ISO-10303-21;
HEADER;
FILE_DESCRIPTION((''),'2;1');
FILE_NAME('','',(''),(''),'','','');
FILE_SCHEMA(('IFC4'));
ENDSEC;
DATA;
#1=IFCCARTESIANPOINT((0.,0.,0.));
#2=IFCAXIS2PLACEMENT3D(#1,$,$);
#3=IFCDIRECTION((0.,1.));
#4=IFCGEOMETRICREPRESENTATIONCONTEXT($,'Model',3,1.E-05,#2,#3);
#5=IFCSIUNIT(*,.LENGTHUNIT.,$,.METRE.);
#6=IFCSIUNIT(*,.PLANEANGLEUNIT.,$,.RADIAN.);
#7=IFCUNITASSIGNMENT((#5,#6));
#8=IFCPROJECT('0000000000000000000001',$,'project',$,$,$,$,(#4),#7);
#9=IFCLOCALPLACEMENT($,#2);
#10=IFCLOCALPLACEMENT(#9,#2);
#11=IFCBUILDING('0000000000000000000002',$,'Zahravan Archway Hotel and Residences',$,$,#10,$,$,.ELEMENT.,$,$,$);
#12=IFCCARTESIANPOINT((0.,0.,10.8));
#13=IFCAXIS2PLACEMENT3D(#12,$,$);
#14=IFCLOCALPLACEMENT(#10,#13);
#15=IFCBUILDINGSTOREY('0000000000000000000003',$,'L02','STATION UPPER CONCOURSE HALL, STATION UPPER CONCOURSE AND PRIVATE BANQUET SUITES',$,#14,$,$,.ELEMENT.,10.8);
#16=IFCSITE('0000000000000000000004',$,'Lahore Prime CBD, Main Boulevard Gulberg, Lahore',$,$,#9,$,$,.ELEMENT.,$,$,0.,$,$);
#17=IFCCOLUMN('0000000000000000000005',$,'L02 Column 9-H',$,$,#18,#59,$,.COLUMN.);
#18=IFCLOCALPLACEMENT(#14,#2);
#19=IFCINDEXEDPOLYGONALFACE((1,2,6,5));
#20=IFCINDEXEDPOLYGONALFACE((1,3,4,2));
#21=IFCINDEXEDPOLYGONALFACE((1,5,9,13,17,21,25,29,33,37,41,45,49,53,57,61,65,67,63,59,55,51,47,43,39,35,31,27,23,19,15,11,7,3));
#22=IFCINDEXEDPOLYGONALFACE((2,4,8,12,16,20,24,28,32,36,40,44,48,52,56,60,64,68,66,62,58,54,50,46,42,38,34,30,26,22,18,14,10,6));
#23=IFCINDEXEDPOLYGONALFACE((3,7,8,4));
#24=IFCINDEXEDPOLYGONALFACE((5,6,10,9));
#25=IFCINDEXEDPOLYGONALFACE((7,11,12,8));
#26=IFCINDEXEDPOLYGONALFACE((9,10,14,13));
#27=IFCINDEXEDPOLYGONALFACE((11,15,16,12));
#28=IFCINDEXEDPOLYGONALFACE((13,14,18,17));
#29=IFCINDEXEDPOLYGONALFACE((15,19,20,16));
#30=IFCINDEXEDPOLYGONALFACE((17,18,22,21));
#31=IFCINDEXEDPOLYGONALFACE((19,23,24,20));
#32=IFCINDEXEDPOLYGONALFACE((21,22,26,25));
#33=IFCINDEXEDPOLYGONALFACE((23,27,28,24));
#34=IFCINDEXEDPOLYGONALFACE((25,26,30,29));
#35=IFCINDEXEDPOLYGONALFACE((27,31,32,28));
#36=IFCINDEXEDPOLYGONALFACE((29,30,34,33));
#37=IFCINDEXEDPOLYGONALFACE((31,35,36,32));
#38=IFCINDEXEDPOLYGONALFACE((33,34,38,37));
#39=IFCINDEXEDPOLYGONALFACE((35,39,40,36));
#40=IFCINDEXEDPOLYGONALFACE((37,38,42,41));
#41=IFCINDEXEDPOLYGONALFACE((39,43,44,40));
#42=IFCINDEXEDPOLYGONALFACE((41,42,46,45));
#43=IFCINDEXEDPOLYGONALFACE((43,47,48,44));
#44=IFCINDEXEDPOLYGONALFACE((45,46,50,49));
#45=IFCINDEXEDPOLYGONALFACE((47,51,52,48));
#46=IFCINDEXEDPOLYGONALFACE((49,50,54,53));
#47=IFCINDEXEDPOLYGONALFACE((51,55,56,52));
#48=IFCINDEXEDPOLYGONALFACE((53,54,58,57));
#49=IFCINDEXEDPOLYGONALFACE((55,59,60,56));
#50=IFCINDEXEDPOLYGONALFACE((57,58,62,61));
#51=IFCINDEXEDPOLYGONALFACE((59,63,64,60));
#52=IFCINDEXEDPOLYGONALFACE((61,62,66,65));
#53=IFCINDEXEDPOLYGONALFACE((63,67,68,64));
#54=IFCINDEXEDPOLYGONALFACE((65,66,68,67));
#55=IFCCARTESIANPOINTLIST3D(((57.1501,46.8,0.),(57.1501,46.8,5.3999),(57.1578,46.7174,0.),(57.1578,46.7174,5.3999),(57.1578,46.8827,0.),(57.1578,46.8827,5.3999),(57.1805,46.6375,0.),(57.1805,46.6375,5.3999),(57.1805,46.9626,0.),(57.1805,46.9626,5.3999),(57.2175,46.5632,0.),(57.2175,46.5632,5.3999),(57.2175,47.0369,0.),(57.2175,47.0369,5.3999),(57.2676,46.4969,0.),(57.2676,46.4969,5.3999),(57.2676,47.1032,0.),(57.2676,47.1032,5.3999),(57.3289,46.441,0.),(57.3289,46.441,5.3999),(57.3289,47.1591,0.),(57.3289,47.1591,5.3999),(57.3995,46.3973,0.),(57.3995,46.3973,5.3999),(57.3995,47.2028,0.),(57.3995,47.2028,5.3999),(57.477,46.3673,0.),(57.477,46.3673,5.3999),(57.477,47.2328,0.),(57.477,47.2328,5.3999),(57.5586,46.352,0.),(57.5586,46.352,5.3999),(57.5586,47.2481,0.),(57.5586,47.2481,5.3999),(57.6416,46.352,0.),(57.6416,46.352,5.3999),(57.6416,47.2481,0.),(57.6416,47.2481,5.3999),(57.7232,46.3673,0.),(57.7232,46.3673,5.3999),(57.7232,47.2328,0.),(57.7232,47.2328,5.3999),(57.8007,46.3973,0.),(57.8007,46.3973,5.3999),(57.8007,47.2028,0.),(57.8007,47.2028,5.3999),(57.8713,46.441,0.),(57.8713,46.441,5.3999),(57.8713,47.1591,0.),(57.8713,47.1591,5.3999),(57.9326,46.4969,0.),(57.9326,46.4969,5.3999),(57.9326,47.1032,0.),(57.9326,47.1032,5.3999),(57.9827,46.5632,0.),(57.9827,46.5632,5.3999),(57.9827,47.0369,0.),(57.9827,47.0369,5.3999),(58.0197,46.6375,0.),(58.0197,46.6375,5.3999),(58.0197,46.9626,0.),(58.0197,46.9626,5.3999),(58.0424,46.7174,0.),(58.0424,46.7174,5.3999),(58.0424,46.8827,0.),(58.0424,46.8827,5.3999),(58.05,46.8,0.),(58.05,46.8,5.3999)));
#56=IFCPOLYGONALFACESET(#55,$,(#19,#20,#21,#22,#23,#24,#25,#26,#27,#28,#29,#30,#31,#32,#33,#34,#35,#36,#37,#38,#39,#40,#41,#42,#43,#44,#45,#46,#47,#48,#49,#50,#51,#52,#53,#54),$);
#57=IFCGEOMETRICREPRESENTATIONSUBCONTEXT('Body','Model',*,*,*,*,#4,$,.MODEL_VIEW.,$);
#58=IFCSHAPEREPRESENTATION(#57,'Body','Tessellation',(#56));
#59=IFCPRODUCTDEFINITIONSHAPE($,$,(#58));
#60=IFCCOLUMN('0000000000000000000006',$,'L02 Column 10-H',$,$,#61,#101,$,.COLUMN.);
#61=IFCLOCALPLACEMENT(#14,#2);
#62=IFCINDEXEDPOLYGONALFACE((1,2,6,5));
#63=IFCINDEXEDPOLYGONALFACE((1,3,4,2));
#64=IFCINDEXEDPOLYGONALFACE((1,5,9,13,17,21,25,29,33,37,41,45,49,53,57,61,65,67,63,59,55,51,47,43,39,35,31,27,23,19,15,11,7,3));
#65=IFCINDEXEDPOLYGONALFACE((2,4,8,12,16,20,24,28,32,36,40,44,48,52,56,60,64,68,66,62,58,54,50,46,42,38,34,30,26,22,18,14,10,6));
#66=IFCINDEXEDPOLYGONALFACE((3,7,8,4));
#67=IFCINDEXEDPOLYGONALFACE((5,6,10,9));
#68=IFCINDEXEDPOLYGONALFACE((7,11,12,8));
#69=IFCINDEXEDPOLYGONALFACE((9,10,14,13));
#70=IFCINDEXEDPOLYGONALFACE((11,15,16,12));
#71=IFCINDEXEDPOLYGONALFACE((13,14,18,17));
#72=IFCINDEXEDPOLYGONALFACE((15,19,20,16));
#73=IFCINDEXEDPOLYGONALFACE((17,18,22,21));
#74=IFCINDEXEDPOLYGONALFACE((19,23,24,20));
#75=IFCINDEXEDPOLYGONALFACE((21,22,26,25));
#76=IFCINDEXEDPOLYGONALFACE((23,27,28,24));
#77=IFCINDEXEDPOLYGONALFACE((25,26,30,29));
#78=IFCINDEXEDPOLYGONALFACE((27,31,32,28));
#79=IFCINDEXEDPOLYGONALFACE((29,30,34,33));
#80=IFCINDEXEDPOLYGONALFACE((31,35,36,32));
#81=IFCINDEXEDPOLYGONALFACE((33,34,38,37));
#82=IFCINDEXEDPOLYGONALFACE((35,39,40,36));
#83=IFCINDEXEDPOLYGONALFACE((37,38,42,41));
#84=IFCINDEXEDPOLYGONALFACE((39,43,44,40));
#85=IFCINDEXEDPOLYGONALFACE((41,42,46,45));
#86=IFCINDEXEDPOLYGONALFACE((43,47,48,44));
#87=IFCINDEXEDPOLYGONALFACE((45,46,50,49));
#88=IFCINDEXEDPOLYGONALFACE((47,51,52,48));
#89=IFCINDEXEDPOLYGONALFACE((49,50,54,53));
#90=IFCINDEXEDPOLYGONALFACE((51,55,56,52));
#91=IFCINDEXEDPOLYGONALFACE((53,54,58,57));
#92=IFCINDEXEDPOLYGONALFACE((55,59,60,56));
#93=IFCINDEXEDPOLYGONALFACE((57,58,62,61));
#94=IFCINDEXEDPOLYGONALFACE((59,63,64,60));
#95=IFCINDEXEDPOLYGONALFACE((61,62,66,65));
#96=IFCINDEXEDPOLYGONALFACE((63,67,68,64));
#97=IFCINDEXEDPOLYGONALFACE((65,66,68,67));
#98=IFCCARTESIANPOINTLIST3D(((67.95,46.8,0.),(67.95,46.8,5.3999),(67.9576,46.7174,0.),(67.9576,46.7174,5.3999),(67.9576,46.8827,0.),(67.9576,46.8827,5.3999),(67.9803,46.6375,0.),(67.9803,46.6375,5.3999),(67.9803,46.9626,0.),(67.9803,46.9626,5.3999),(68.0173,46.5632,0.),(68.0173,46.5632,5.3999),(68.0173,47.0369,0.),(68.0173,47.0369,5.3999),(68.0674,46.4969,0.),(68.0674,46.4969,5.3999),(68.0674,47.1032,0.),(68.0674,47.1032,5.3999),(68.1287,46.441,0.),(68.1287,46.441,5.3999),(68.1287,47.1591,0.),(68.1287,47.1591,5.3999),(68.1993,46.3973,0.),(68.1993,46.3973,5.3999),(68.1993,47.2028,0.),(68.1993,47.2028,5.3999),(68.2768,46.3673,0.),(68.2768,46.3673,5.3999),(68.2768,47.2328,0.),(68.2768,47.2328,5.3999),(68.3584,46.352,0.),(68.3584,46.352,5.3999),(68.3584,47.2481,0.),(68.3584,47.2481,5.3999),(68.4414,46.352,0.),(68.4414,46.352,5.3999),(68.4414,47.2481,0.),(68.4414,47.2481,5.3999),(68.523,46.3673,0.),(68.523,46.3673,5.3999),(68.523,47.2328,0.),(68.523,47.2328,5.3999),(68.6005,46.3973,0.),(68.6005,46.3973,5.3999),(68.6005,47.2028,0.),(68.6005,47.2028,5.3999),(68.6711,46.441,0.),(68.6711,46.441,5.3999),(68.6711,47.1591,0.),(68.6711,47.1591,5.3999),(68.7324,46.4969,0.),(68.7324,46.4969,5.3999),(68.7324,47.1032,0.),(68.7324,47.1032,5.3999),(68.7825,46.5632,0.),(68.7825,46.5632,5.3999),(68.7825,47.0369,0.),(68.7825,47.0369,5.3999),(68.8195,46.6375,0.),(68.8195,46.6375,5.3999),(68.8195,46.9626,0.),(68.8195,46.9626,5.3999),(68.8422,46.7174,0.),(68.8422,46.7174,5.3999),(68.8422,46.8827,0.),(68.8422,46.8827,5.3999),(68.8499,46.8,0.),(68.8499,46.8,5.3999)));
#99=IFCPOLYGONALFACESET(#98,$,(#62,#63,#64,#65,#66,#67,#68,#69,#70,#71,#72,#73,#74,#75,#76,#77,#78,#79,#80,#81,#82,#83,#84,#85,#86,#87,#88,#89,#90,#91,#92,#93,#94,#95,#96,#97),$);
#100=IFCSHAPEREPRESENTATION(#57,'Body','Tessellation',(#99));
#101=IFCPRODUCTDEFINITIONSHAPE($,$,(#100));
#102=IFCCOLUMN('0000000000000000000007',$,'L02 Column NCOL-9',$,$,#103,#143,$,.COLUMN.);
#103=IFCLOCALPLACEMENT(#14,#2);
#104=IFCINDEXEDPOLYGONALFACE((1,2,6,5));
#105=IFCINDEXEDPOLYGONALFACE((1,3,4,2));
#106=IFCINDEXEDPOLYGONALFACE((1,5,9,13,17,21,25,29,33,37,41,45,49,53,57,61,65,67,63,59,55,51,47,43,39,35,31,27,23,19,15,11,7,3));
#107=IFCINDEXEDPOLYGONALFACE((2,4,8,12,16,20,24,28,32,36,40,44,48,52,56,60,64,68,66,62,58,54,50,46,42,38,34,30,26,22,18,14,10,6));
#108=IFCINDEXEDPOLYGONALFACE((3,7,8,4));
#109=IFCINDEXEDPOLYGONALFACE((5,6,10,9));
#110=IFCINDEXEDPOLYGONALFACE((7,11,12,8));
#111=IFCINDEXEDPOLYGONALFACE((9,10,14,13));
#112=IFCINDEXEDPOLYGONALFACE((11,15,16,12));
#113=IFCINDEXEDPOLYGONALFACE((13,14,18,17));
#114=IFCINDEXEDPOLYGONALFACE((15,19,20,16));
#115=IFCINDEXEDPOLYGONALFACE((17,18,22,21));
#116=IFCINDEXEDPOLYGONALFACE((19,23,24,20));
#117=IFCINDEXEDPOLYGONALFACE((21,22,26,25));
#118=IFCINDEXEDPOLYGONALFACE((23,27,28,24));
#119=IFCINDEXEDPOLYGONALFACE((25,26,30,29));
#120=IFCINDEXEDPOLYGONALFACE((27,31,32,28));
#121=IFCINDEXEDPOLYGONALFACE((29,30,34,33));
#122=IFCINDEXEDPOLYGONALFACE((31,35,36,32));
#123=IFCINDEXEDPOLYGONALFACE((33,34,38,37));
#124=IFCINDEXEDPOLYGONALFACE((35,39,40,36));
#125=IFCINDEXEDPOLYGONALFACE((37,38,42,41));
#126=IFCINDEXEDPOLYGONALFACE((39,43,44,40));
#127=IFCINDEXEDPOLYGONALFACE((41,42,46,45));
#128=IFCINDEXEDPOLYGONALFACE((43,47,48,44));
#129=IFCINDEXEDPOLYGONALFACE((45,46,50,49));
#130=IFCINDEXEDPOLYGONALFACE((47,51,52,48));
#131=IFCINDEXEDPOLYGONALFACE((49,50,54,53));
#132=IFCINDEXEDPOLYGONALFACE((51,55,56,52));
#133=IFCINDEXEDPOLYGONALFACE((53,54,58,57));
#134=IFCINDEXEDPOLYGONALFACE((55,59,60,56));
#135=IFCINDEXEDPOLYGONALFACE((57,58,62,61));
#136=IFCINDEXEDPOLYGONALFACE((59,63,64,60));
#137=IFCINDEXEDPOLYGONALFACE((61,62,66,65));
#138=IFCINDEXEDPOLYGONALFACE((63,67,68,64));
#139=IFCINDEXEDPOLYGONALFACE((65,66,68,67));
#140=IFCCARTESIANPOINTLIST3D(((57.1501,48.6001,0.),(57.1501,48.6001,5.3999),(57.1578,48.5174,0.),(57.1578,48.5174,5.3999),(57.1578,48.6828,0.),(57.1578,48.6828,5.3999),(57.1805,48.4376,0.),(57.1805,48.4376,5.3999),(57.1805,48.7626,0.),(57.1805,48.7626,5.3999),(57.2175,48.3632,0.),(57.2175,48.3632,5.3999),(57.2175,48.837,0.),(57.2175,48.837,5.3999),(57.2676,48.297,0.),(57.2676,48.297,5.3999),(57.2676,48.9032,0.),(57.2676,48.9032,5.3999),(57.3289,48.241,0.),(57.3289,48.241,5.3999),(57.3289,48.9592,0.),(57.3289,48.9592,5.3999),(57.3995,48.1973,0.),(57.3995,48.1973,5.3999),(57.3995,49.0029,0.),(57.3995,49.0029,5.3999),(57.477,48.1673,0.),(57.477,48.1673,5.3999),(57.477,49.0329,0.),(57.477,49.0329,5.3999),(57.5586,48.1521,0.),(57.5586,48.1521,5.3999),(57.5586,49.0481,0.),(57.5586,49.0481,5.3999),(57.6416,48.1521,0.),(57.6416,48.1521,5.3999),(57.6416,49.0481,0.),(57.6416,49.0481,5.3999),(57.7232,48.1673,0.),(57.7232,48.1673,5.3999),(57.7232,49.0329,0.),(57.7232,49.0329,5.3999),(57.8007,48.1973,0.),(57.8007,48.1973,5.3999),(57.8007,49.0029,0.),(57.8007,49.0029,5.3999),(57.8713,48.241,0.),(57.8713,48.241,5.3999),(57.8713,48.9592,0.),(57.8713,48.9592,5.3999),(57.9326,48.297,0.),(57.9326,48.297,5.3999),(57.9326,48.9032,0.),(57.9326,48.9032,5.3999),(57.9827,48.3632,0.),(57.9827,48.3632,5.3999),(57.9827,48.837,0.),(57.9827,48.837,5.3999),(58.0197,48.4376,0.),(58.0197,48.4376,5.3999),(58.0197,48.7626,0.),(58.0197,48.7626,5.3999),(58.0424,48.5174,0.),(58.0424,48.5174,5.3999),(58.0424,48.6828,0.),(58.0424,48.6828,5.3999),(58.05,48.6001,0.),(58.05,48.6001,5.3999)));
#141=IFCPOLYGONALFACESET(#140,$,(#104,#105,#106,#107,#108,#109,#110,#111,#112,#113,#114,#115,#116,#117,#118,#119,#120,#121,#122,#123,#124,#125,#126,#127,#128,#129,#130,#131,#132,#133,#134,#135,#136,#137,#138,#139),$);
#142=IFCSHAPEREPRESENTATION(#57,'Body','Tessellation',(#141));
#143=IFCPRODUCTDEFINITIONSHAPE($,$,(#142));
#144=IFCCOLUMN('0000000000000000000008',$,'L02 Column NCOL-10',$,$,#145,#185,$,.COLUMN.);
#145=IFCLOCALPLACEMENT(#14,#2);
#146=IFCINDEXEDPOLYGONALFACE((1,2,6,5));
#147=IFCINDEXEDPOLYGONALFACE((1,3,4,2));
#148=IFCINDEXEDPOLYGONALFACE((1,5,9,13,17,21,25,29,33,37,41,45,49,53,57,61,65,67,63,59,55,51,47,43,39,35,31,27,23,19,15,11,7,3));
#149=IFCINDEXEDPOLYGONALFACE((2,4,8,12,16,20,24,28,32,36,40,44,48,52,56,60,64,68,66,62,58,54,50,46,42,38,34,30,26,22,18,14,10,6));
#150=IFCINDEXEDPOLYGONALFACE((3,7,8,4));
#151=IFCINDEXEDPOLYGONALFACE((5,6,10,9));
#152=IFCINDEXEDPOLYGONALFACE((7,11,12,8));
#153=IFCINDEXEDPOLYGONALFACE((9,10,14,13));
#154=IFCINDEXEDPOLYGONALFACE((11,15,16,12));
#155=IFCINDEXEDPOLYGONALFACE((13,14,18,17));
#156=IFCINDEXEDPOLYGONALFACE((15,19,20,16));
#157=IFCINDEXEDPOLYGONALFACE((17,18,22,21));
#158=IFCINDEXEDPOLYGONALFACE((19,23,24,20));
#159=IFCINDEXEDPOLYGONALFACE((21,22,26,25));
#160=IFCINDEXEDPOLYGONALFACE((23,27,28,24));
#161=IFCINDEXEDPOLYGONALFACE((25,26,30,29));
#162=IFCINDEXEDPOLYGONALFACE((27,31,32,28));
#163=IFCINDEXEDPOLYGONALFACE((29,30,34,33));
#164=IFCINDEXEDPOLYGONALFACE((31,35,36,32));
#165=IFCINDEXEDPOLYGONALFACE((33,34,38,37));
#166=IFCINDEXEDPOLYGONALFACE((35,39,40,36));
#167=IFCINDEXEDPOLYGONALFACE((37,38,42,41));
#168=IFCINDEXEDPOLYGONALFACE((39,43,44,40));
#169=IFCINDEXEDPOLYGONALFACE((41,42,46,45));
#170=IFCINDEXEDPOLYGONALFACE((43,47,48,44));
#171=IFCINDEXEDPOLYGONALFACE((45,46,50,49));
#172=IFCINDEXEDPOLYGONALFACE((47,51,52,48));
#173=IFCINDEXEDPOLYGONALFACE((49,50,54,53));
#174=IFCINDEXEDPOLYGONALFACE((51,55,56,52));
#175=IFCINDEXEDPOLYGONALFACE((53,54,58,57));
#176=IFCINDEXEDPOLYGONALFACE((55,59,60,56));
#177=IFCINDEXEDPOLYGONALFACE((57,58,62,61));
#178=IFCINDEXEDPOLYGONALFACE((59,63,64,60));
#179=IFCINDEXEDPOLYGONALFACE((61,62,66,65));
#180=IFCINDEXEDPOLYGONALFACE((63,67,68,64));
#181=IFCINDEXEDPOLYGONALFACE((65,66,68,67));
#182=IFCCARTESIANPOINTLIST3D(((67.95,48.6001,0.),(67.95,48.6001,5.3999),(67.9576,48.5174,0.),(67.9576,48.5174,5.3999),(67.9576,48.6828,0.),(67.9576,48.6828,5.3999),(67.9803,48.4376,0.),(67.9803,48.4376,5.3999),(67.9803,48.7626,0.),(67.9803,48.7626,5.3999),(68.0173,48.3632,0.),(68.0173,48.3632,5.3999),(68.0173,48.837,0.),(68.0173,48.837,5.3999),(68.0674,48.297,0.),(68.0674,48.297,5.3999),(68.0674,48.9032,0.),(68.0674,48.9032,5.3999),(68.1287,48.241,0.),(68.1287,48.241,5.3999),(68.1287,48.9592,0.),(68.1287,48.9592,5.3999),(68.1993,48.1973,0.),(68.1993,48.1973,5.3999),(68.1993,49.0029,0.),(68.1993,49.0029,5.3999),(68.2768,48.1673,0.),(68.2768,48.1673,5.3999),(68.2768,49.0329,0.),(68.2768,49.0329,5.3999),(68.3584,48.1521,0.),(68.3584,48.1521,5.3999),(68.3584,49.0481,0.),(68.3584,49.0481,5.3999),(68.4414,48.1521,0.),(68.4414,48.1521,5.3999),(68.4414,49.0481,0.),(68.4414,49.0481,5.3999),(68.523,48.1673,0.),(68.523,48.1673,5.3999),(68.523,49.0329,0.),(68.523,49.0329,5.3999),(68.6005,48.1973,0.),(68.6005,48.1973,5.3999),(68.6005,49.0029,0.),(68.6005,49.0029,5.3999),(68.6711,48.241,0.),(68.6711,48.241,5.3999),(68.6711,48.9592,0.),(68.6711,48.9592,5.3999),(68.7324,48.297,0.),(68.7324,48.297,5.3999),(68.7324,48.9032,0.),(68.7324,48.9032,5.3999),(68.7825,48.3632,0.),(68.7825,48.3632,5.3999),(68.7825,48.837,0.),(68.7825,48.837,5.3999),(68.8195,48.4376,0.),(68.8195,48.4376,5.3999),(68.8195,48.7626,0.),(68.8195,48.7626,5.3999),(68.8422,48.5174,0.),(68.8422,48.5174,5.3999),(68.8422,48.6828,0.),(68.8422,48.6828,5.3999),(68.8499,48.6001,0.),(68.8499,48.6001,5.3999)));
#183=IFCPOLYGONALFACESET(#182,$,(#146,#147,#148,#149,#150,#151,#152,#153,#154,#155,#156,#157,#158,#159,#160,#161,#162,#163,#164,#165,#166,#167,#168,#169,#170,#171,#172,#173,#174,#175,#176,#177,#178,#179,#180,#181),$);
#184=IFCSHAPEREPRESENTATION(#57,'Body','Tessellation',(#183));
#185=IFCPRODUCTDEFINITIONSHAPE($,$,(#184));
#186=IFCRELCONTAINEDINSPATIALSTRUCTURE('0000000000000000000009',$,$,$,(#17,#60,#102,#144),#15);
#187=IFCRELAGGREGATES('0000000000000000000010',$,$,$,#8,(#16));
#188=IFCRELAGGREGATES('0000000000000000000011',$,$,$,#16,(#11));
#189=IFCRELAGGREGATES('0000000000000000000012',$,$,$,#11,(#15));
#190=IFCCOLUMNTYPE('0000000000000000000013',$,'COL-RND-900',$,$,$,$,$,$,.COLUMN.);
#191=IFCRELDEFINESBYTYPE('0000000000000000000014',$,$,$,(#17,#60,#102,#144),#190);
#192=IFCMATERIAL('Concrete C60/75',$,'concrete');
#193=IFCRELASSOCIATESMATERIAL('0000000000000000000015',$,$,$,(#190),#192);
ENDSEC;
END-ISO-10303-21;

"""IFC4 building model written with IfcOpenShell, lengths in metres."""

from ifc_helpers import new_model, si_unit, direction, frame, origin, origin_2d, place, context, subcontext, project, spatial, circle, extrude, source, transform, mapped, material, material_profile, profile_set, type_object, type_shapes, element, save


model = new_model("IFC4")

# Units and contexts
model_context = context("Model", 3, precision=1e-05, world=origin(), true_north=direction((0.0, 1.0)))
body_context = subcontext(model_context, "Body", "Model", "MODEL_VIEW")
ifc_project = project(units=[si_unit("LENGTHUNIT", "METRE"), si_unit("PLANEANGLEUNIT", "RADIAN")], contexts=[model_context])

# Site, building, storey
site_placement = place(None, origin())
site = spatial("IfcSite", under=ifc_project, at=site_placement, Name="Lahore Prime CBD, Main Boulevard Gulberg, Lahore", CompositionType="ELEMENT", RefElevation=0.0)
building_placement = place(site_placement, origin())
building = spatial("IfcBuilding", under=site, at=building_placement, Name="Zahravan Archway Hotel and Residences", CompositionType="ELEMENT")
storey_placement = place(building_placement, frame((0.0, 0.0, 10.8)))
storey = spatial("IfcBuildingStorey", under=building, at=storey_placement, Name="L02", Description="STATION UPPER CONCOURSE HALL, STATION UPPER CONCOURSE AND PRIVATE BANQUET SUITES", CompositionType="ELEMENT", Elevation=10.8)

# Columns
ifc_material_1 = material(Name="Concrete C60/75", Category="concrete")
ifc_material_profile_1 = material_profile(ifc_material_1, circle(Radius=0.45, at=origin_2d()), Name="RC-CIRC-900", Category="concrete")
ifc_profile_set_1 = profile_set([ifc_material_profile_1], Name="Concrete C60/75")
column_type = type_object("IfcColumnType", Name="COL-RND-900", PredefinedType="COLUMN", material=ifc_profile_set_1)
shared_shape_1 = source(origin(), body_context, "Body", "SweptSolid", [
    extrude(circle(Radius=0.45, at=origin_2d()), origin(), (0.0, 0.0, 1.0), 5.3999),
])
type_shapes(column_type, [shared_shape_1])
for number, where, z_axis, x_axis, name in (
    (1, (57.6001, 46.8, 0.0), (0.0, 0.0, 1.0), (1.0, 0.0, 0.0), "L02 Column 9-H"),
    (2, (68.3999, 46.8, 0.0), (0.0, 0.0, 1.0), (1.0, 0.0, 0.0), "L02 Column 10-H"),
    (3, (57.6001, 48.6001, 0.0), (0.0, 0.0, 1.0), (1.0, 0.0, 0.0), "L02 Column NCOL-9"),
    (4, (68.3999, 48.6001, 0.0), (0.0, 0.0, 1.0), (1.0, 0.0, 0.0), "L02 Column NCOL-10"),
):
    element("IfcColumn", number, at=place(storey_placement, frame(where, z_axis=z_axis, x_axis=x_axis)), inside=storey, type_object=column_type, Name=name, PredefinedType="COLUMN", context=body_context, shape_type="MappedRepresentation", body=[
        mapped(shared_shape_1, transform((0.0, 0.0, 0.0), scale=1.0)),
    ])

save(model, "model.ifc")
